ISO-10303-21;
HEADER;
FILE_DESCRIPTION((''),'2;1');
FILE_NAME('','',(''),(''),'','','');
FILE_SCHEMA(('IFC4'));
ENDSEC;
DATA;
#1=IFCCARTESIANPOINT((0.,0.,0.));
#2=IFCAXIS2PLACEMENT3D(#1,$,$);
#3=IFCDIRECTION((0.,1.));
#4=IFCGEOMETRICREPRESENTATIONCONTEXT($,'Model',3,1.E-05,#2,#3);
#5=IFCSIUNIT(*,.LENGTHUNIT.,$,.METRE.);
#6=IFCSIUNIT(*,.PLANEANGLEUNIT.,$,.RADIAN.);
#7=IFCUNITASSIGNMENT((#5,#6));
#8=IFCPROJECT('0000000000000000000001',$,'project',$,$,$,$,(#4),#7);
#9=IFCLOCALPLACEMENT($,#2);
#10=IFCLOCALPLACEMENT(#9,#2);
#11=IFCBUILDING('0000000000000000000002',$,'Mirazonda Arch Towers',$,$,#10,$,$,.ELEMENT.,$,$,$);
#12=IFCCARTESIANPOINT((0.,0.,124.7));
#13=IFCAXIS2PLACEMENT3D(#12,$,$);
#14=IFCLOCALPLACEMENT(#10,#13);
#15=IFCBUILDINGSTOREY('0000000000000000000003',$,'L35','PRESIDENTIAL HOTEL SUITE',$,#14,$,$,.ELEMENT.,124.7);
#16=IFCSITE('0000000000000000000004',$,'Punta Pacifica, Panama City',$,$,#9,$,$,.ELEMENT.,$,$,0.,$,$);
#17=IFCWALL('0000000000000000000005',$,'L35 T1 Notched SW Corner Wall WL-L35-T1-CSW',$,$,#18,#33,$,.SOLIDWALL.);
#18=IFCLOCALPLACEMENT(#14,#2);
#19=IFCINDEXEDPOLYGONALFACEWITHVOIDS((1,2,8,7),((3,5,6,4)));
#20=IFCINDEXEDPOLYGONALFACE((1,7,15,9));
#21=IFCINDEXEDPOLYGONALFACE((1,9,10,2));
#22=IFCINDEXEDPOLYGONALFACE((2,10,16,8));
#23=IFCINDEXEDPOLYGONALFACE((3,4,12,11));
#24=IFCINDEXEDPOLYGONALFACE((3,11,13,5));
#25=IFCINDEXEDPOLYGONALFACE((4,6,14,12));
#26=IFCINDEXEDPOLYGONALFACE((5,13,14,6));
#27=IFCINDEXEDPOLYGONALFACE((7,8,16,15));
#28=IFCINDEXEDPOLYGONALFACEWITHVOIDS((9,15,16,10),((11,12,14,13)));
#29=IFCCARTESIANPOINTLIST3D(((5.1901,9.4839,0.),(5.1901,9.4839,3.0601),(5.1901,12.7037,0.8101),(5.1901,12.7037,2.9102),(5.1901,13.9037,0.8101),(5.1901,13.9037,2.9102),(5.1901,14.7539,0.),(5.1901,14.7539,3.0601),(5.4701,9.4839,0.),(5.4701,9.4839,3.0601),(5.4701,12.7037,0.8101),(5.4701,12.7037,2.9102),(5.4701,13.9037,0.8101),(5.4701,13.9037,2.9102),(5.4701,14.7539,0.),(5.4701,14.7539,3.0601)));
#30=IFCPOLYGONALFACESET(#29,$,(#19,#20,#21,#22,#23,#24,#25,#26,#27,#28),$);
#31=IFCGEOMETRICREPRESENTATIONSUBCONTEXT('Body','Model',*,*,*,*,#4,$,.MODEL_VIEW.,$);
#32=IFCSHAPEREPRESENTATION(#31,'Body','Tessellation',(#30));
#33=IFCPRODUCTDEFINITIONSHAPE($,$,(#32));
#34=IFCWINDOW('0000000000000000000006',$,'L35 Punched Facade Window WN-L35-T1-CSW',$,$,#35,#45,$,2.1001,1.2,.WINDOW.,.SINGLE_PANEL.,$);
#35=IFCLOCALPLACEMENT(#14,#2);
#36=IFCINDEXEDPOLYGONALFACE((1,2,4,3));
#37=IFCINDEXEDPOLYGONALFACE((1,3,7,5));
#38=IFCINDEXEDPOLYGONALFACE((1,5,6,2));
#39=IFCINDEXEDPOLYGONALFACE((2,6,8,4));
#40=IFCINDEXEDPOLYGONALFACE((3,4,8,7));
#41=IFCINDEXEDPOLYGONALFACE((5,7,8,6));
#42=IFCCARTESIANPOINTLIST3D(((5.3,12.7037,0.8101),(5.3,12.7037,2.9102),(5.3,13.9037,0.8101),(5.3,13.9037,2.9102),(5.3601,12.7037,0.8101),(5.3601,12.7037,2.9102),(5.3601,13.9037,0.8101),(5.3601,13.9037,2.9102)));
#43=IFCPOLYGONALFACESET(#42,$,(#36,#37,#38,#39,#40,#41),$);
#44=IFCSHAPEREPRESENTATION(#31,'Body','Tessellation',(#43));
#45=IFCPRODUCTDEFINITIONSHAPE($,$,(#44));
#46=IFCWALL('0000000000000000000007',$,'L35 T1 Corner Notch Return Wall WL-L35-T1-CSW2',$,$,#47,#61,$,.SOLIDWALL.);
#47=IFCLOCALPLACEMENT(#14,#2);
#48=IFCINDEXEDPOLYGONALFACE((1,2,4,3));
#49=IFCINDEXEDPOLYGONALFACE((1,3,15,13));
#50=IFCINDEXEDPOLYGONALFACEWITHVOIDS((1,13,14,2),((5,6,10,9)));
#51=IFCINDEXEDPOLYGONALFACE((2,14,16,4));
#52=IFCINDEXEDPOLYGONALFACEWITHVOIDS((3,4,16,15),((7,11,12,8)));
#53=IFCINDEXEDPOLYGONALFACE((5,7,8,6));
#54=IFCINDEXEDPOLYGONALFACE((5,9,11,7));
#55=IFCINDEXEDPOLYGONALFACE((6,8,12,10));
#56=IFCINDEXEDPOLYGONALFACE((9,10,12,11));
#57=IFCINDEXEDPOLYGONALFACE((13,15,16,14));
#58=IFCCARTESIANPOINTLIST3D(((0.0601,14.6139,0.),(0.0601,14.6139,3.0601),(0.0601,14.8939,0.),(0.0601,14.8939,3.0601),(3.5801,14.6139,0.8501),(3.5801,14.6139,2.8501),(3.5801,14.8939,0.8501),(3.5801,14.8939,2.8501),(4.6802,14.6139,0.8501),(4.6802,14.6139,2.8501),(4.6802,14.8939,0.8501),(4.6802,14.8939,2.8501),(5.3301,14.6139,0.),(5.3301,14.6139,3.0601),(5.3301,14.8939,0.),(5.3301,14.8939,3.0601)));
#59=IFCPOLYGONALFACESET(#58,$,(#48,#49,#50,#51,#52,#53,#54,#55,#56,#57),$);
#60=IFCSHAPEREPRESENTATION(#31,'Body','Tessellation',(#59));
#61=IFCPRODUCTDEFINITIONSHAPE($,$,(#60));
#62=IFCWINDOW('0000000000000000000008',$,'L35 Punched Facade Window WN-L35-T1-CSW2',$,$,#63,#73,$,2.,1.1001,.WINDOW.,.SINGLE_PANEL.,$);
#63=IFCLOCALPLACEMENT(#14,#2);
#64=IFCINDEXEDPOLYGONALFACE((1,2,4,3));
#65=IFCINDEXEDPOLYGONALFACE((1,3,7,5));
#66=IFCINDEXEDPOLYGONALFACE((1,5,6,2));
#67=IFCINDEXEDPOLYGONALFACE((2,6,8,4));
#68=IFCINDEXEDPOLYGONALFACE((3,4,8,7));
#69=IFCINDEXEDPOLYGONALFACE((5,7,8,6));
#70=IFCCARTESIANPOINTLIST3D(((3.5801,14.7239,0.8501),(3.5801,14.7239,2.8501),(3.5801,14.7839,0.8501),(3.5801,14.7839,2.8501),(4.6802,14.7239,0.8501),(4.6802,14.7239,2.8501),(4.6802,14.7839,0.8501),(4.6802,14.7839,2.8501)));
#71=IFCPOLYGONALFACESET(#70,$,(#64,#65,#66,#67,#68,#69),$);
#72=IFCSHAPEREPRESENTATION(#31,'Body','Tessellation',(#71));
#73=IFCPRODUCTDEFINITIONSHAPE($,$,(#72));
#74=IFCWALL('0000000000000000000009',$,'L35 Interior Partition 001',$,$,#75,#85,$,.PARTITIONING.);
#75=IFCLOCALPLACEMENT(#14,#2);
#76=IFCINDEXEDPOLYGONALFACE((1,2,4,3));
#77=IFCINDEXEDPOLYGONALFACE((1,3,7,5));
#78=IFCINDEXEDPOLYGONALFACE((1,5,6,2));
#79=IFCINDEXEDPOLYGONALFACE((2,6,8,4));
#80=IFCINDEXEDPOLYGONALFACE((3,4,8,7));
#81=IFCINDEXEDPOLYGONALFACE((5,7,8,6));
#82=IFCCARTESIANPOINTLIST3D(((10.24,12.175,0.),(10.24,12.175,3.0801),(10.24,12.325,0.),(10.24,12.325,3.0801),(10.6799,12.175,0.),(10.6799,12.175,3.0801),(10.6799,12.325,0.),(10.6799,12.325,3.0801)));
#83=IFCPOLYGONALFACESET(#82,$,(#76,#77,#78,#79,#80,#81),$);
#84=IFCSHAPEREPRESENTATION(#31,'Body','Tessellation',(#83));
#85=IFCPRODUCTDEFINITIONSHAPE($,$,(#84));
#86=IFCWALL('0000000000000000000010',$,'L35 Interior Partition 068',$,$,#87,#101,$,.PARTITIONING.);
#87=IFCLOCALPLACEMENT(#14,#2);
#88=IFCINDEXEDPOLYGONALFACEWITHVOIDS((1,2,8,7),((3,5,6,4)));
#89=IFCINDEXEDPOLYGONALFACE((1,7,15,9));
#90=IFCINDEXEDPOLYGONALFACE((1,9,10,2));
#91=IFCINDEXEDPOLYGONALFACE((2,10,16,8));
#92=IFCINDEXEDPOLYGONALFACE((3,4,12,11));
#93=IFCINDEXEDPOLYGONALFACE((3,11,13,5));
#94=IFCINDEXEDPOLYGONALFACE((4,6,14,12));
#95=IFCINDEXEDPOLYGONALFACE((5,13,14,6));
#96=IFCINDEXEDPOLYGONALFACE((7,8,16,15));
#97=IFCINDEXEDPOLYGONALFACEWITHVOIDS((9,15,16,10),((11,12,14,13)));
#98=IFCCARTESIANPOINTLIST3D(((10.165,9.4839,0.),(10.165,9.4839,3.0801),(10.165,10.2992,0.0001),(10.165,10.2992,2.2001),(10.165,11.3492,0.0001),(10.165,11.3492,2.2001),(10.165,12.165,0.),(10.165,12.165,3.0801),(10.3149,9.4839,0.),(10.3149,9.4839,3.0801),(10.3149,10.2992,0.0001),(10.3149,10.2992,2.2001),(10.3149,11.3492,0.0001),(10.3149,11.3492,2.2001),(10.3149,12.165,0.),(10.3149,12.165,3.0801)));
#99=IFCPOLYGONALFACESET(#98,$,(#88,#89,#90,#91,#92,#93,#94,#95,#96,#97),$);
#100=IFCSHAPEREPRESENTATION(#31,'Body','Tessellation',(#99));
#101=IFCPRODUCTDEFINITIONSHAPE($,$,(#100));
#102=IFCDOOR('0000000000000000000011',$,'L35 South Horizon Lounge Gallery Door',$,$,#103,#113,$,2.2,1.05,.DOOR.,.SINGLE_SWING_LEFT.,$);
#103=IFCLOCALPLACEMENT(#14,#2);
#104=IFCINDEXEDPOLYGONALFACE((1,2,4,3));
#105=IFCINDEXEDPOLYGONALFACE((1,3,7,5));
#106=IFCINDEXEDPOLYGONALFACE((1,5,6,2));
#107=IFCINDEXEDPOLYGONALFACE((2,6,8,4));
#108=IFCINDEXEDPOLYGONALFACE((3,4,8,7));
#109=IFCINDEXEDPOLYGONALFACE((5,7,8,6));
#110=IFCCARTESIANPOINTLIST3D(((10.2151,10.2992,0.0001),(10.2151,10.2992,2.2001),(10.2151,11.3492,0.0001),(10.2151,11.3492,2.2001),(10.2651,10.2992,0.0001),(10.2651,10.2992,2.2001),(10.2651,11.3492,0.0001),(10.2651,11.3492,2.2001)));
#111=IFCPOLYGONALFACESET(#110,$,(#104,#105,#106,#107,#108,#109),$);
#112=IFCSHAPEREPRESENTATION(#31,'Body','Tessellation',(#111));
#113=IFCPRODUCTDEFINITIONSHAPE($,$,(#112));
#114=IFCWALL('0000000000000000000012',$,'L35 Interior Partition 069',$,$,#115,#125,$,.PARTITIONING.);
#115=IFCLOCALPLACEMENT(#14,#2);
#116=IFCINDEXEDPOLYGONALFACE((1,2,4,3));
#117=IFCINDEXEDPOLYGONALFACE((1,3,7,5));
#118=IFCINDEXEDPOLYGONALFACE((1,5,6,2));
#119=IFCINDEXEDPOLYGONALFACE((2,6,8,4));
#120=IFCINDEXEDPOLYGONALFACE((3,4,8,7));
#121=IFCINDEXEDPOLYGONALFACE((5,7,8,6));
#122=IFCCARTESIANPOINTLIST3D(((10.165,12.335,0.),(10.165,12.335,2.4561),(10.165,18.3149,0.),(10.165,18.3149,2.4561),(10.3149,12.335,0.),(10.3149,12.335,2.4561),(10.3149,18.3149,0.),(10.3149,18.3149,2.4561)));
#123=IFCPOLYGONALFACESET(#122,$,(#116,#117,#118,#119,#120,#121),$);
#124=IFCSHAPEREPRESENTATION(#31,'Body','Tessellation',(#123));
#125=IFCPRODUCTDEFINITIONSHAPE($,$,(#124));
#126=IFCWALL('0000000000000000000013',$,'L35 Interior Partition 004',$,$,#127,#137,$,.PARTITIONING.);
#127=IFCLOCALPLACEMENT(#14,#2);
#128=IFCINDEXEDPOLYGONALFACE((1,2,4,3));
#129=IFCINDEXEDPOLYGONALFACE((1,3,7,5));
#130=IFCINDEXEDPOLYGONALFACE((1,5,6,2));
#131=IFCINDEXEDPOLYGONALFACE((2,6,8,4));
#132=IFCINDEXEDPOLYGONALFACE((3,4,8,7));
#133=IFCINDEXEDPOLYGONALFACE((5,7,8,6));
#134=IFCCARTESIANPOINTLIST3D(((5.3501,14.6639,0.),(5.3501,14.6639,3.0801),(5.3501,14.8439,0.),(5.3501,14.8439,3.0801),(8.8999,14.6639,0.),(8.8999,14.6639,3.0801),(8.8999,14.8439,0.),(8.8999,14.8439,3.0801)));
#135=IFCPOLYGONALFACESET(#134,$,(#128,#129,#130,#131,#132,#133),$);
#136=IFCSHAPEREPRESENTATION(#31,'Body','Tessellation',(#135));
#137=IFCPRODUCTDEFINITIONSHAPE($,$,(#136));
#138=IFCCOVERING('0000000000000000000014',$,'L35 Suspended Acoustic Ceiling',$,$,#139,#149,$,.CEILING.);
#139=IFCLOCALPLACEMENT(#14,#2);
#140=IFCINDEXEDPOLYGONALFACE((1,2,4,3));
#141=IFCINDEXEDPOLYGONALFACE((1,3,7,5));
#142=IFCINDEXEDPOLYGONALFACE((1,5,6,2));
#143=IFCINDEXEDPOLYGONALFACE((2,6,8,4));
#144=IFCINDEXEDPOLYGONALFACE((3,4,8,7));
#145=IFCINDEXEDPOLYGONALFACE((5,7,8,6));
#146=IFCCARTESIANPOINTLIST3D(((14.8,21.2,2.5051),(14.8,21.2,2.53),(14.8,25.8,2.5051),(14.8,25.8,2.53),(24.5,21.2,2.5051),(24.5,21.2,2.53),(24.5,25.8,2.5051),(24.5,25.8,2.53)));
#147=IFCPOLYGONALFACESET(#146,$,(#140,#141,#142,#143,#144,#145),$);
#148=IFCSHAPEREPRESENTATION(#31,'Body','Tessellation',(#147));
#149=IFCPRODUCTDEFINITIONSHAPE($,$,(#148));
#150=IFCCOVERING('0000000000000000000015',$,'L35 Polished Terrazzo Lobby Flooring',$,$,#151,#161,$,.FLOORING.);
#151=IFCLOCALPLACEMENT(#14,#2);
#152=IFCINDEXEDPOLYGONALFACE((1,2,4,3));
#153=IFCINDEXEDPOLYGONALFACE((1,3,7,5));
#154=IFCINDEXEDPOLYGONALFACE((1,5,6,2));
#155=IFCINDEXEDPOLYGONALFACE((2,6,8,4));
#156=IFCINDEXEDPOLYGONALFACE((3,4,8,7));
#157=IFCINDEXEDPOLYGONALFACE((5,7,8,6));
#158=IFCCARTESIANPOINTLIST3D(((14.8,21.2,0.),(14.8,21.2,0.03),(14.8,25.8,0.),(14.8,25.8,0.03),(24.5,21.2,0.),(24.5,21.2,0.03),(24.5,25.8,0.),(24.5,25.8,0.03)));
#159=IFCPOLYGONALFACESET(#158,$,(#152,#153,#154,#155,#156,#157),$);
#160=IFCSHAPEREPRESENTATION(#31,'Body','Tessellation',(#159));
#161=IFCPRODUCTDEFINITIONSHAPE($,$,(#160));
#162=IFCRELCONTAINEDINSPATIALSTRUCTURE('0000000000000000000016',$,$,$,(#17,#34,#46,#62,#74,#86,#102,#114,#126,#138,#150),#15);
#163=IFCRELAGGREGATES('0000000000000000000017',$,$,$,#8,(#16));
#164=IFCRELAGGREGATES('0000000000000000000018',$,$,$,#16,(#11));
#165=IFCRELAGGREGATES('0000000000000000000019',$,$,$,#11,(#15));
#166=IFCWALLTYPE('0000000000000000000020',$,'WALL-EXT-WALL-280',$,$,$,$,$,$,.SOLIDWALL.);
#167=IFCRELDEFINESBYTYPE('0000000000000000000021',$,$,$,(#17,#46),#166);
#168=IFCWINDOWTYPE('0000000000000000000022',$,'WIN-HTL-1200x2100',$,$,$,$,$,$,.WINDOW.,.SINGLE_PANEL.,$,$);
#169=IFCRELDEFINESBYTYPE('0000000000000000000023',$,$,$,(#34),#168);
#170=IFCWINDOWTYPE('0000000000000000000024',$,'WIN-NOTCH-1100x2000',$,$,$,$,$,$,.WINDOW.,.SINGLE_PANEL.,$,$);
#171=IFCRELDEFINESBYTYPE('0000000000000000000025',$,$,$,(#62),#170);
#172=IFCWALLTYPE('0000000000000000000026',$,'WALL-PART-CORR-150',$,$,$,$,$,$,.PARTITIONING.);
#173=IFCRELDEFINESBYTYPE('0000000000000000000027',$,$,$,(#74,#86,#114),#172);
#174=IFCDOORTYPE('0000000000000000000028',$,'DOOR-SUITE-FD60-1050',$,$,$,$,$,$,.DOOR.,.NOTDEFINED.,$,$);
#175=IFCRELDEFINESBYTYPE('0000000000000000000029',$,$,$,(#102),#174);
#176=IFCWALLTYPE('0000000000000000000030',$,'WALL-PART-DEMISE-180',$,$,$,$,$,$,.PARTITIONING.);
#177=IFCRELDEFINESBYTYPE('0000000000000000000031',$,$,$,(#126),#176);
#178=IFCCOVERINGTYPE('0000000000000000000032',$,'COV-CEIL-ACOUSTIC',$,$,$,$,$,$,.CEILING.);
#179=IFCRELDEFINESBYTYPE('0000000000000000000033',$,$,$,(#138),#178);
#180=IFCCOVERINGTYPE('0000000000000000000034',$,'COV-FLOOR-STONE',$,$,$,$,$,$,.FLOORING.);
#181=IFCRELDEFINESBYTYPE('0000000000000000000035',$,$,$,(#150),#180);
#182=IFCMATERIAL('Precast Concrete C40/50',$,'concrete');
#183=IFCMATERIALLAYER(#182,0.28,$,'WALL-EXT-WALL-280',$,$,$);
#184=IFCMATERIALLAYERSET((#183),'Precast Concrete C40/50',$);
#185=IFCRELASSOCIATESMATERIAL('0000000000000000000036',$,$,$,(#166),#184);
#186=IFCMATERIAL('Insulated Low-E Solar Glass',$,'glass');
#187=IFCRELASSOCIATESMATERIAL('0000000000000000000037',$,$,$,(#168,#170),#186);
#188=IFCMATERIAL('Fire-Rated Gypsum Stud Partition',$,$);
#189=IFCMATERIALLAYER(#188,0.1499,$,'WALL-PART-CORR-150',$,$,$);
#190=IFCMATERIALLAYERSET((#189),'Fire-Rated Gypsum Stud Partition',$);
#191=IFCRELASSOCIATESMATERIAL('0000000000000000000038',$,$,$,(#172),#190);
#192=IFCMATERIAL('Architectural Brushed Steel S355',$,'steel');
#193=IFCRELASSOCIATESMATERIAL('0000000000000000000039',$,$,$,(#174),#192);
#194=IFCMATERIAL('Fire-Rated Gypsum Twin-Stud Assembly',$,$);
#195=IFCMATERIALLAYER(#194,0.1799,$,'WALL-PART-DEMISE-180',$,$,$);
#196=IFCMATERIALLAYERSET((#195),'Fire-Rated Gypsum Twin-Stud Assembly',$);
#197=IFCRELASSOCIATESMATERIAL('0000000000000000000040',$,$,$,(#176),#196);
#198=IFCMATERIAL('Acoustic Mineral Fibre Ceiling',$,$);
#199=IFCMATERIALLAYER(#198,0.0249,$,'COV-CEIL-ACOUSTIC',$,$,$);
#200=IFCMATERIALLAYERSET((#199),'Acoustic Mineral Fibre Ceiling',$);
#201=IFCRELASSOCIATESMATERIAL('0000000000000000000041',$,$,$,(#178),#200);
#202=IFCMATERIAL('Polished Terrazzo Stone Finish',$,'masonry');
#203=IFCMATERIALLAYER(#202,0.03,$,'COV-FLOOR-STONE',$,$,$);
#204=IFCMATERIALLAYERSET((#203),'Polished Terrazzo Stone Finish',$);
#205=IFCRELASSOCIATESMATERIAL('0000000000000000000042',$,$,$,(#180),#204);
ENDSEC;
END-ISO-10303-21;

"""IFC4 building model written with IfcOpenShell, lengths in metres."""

from ifc_helpers import new_model, si_unit, direction, frame, frame_2d, origin, place, context, subcontext, project, spatial, polyline, rectangle, outline, extrude, material, layer, layer_set, type_object, element, fill, save


model = new_model("IFC4")

# Units and contexts
model_context = context("Model", 3, precision=1e-05, world=origin(), true_north=direction((0.0, 1.0)))
body_context = subcontext(model_context, "Body", "Model", "MODEL_VIEW")
ifc_project = project(units=[si_unit("LENGTHUNIT", "METRE"), si_unit("PLANEANGLEUNIT", "RADIAN")], contexts=[model_context])

# Site, building, storey
site_placement = place(None, origin())
site = spatial("IfcSite", under=ifc_project, at=site_placement, Name="Punta Pacifica, Panama City", CompositionType="ELEMENT", RefElevation=0.0)
building_placement = place(site_placement, origin())
building = spatial("IfcBuilding", under=site, at=building_placement, Name="Mirazonda Arch Towers", CompositionType="ELEMENT")
storey_placement = place(building_placement, frame((0.0, 0.0, 124.7)))
storey = spatial("IfcBuildingStorey", under=building, at=storey_placement, Name="L35", Description="PRESIDENTIAL HOTEL SUITE", CompositionType="ELEMENT", Elevation=124.7)

# Shared definitions
ifc_material_1 = material(Name="Insulated Low-E Solar Glass", Category="glass")

# Walls, openings, windows
ifc_material_2 = material(Name="Precast Concrete C40/50", Category="concrete")
ifc_layer_1 = layer(ifc_material_2, 0.28, Name="WALL-EXT-WALL-280")
ifc_layer_set_1 = layer_set([ifc_layer_1], Name="Precast Concrete C40/50")
wall_type_1 = type_object("IfcWallType", Name="WALL-EXT-WALL-280", PredefinedType="SOLIDWALL", material=ifc_layer_set_1)
wall_1_placement = place(storey_placement, frame((5.3301, 14.7539, 0.0), z_axis=(0.0, 0.0, 1.0), x_axis=(0.0, -1.0, 0.0)))
wall_1 = element("IfcWall", 1, at=wall_1_placement, inside=storey, type_object=wall_type_1, Name="L35 T1 Notched SW Corner Wall WL-L35-T1-CSW", PredefinedType="SOLIDWALL", context=body_context, shape_type="SweptSolid", body=[
    extrude(rectangle(XDim=5.27, YDim=0.28, at=frame_2d((2.635, 0.0))), origin(), (0.0, 0.0, 1.0), 3.0601),
])
opening_1_placement = place(wall_1_placement, frame((0.8501, 0.0, 0.8101)))
opening_1 = element("IfcOpeningElement", 2, at=opening_1_placement, cuts=wall_1, PredefinedType="OPENING", context=body_context, shape_type="SweptSolid", body=[
    extrude(rectangle(XDim=1.2, YDim=2.1001, at=frame_2d((0.6001, 1.05))), frame((0.0, 0.1499, 0.0), z_axis=(0.0, -1.0, 0.0), x_axis=(1.0, 0.0, 0.0)), (0.0, 0.0, 1.0), 0.3),
])
window_type_1 = type_object("IfcWindowType", Name="WIN-HTL-1200x2100", PartitioningType="SINGLE_PANEL", PredefinedType="WINDOW", material=ifc_material_1)
window_1_placement = place(opening_1_placement, origin())
window_1 = element("IfcWindow", 3, at=window_1_placement, inside=storey, type_object=window_type_1, Name="L35 Punched Facade Window WN-L35-T1-CSW", OverallHeight=2.1001, OverallWidth=1.2, PartitioningType="SINGLE_PANEL", PredefinedType="WINDOW", context=body_context, shape_type="SweptSolid", body=[
    extrude(rectangle(XDim=1.2, YDim=2.1001, at=frame_2d((0.6001, 1.05))), frame((0.0, 0.03, 0.0), z_axis=(0.0, -1.0, 0.0), x_axis=(1.0, 0.0, 0.0)), (0.0, 0.0, 1.0), 0.0601),
])
fill(opening_1, window_1)
wall_2_placement = place(storey_placement, frame((0.0601, 14.7539, 0.0), z_axis=(0.0, 0.0, 1.0), x_axis=(1.0, 0.0, 0.0)))
wall_2 = element("IfcWall", 4, at=wall_2_placement, inside=storey, type_object=wall_type_1, Name="L35 T1 Corner Notch Return Wall WL-L35-T1-CSW2", PredefinedType="SOLIDWALL", context=body_context, shape_type="SweptSolid", body=[
    extrude(rectangle(XDim=5.27, YDim=0.28, at=frame_2d((2.635, 0.0))), origin(), (0.0, 0.0, 1.0), 3.0601),
])
opening_2_placement = place(wall_2_placement, frame((3.52, 0.0, 0.8501)))
opening_2 = element("IfcOpeningElement", 5, at=opening_2_placement, cuts=wall_2, PredefinedType="OPENING", context=body_context, shape_type="SweptSolid", body=[
    extrude(rectangle(XDim=1.1001, YDim=2.0, at=frame_2d((0.55, 1.0))), frame((0.0, 0.1499, 0.0), z_axis=(0.0, -1.0, 0.0), x_axis=(1.0, 0.0, 0.0)), (0.0, 0.0, 1.0), 0.3),
])
window_type_2 = type_object("IfcWindowType", Name="WIN-NOTCH-1100x2000", PartitioningType="SINGLE_PANEL", PredefinedType="WINDOW", material=ifc_material_1)
window_2_placement = place(opening_2_placement, origin())
window_2 = element("IfcWindow", 6, at=window_2_placement, inside=storey, type_object=window_type_2, Name="L35 Punched Facade Window WN-L35-T1-CSW2", OverallHeight=2.0, OverallWidth=1.1001, PartitioningType="SINGLE_PANEL", PredefinedType="WINDOW", context=body_context, shape_type="SweptSolid", body=[
    extrude(rectangle(XDim=1.1001, YDim=2.0, at=frame_2d((0.55, 1.0))), frame((0.0, 0.03, 0.0), z_axis=(0.0, -1.0, 0.0), x_axis=(1.0, 0.0, 0.0)), (0.0, 0.0, 1.0), 0.0601),
])
fill(opening_2, window_2)

# Wall
ifc_material_3 = material(Name="Fire-Rated Gypsum Stud Partition")
ifc_layer_2 = layer(ifc_material_3, 0.1499, Name="WALL-PART-CORR-150")
ifc_layer_set_2 = layer_set([ifc_layer_2], Name="Fire-Rated Gypsum Stud Partition")
wall_type_2 = type_object("IfcWallType", Name="WALL-PART-CORR-150", PredefinedType="PARTITIONING", material=ifc_layer_set_2)
wall_3_placement = place(storey_placement, frame((10.24, 12.25, 0.0), z_axis=(0.0, 0.0, 1.0), x_axis=(1.0, 0.0, 0.0)))
element("IfcWall", 7, at=wall_3_placement, inside=storey, type_object=wall_type_2, Name="L35 Interior Partition 001", PredefinedType="PARTITIONING", context=body_context, shape_type="SweptSolid", body=[
    extrude(rectangle(XDim=0.4399, YDim=0.1499, at=frame_2d((0.22, 0.0))), origin(), (0.0, 0.0, 1.0), 3.0801),
])

# Wall, opening, door
wall_4_placement = place(storey_placement, frame((10.24, 9.4839, 0.0), z_axis=(0.0, 0.0, 1.0), x_axis=(0.0, 1.0, 0.0)))
wall_4 = element("IfcWall", 8, at=wall_4_placement, inside=storey, type_object=wall_type_2, Name="L35 Interior Partition 068", PredefinedType="PARTITIONING", context=body_context, shape_type="SweptSolid", body=[
    extrude(rectangle(XDim=2.6812, YDim=0.1499, at=frame_2d((1.3406, 0.0))), origin(), (0.0, 0.0, 1.0), 3.0801),
])
opening_3_placement = place(wall_4_placement, frame((0.8154, 0.0, 0.0)))
opening_3 = element("IfcOpeningElement", 9, at=opening_3_placement, cuts=wall_4, PredefinedType="OPENING", context=body_context, shape_type="SweptSolid", body=[
    extrude(rectangle(XDim=1.05, YDim=2.2, at=frame_2d((0.5249, 1.1001))), frame((0.0, 0.085, 0.0), z_axis=(0.0, -1.0, 0.0), x_axis=(1.0, 0.0, 0.0)), (0.0, 0.0, 1.0), 0.1699),
])
ifc_material_4 = material(Name="Architectural Brushed Steel S355", Category="steel")
door_type_1 = type_object("IfcDoorType", Name="DOOR-SUITE-FD60-1050", OperationType="NOTDEFINED", PredefinedType="DOOR", material=ifc_material_4)
door_1_placement = place(opening_3_placement, origin())
door_1 = element("IfcDoor", 10, at=door_1_placement, inside=storey, type_object=door_type_1, Name="L35 South Horizon Lounge Gallery Door", OperationType="SINGLE_SWING_LEFT", OverallHeight=2.2, OverallWidth=1.05, PredefinedType="DOOR", context=body_context, shape_type="SweptSolid", body=[
    extrude(rectangle(XDim=1.05, YDim=2.2, at=frame_2d((0.5249, 1.1001))), frame((0.0, 0.0249, 0.0), z_axis=(0.0, -1.0, 0.0), x_axis=(1.0, 0.0, 0.0)), (0.0, 0.0, 1.0), 0.05),
])
fill(opening_3, door_1)

# Walls
wall_5_placement = place(storey_placement, frame((10.24, 12.335, 0.0), z_axis=(0.0, 0.0, 1.0), x_axis=(0.0, 1.0, 0.0)))
element("IfcWall", 11, at=wall_5_placement, inside=storey, type_object=wall_type_2, Name="L35 Interior Partition 069", PredefinedType="PARTITIONING", context=body_context, shape_type="SweptSolid", body=[
    extrude(rectangle(XDim=5.98, YDim=0.1499, at=frame_2d((2.99, 0.0))), origin(), (0.0, 0.0, 1.0), 2.4561),
])
ifc_material_5 = material(Name="Fire-Rated Gypsum Twin-Stud Assembly")
ifc_layer_3 = layer(ifc_material_5, 0.1799, Name="WALL-PART-DEMISE-180")
ifc_layer_set_3 = layer_set([ifc_layer_3], Name="Fire-Rated Gypsum Twin-Stud Assembly")
wall_type_3 = type_object("IfcWallType", Name="WALL-PART-DEMISE-180", PredefinedType="PARTITIONING", material=ifc_layer_set_3)
wall_6_placement = place(storey_placement, frame((5.3501, 14.7539, 0.0), z_axis=(0.0, 0.0, 1.0), x_axis=(1.0, 0.0, 0.0)))
element("IfcWall", 12, at=wall_6_placement, inside=storey, type_object=wall_type_3, Name="L35 Interior Partition 004", PredefinedType="PARTITIONING", context=body_context, shape_type="SweptSolid", body=[
    extrude(rectangle(XDim=3.5498, YDim=0.1799, at=frame_2d((1.7749, 0.0))), origin(), (0.0, 0.0, 1.0), 3.0801),
])

# Coverings
ifc_material_6 = material(Name="Acoustic Mineral Fibre Ceiling")
ifc_layer_4 = layer(ifc_material_6, 0.0249, Name="COV-CEIL-ACOUSTIC")
ifc_layer_set_4 = layer_set([ifc_layer_4], Name="Acoustic Mineral Fibre Ceiling")
covering_type_1 = type_object("IfcCoveringType", Name="COV-CEIL-ACOUSTIC", PredefinedType="CEILING", material=ifc_layer_set_4)
covering_1_placement = place(storey_placement, frame((0.0, 0.0, 2.5051)))
element("IfcCovering", 13, at=covering_1_placement, inside=storey, type_object=covering_type_1, Name="L35 Suspended Acoustic Ceiling", PredefinedType="CEILING", context=body_context, shape_type="SweptSolid", body=[
    extrude(outline(polyline([(14.8, 21.2), (24.5, 21.2), (24.5, 25.8), (14.8, 25.8), (14.8, 21.2)])), origin(), (0.0, 0.0, 1.0), 0.0249),
])
ifc_material_7 = material(Name="Polished Terrazzo Stone Finish", Category="masonry")
ifc_layer_5 = layer(ifc_material_7, 0.03, Name="COV-FLOOR-STONE")
ifc_layer_set_5 = layer_set([ifc_layer_5], Name="Polished Terrazzo Stone Finish")
covering_type_2 = type_object("IfcCoveringType", Name="COV-FLOOR-STONE", PredefinedType="FLOORING", material=ifc_layer_set_5)
covering_2_placement = place(storey_placement, origin())
element("IfcCovering", 14, at=covering_2_placement, inside=storey, type_object=covering_type_2, Name="L35 Polished Terrazzo Lobby Flooring", PredefinedType="FLOORING", context=body_context, shape_type="SweptSolid", body=[
    extrude(outline(polyline([(14.8, 21.2), (24.5, 21.2), (24.5, 25.8), (14.8, 25.8), (14.8, 21.2)])), origin(), (0.0, 0.0, 1.0), 0.03),
])

save(model, "model.ifc")
